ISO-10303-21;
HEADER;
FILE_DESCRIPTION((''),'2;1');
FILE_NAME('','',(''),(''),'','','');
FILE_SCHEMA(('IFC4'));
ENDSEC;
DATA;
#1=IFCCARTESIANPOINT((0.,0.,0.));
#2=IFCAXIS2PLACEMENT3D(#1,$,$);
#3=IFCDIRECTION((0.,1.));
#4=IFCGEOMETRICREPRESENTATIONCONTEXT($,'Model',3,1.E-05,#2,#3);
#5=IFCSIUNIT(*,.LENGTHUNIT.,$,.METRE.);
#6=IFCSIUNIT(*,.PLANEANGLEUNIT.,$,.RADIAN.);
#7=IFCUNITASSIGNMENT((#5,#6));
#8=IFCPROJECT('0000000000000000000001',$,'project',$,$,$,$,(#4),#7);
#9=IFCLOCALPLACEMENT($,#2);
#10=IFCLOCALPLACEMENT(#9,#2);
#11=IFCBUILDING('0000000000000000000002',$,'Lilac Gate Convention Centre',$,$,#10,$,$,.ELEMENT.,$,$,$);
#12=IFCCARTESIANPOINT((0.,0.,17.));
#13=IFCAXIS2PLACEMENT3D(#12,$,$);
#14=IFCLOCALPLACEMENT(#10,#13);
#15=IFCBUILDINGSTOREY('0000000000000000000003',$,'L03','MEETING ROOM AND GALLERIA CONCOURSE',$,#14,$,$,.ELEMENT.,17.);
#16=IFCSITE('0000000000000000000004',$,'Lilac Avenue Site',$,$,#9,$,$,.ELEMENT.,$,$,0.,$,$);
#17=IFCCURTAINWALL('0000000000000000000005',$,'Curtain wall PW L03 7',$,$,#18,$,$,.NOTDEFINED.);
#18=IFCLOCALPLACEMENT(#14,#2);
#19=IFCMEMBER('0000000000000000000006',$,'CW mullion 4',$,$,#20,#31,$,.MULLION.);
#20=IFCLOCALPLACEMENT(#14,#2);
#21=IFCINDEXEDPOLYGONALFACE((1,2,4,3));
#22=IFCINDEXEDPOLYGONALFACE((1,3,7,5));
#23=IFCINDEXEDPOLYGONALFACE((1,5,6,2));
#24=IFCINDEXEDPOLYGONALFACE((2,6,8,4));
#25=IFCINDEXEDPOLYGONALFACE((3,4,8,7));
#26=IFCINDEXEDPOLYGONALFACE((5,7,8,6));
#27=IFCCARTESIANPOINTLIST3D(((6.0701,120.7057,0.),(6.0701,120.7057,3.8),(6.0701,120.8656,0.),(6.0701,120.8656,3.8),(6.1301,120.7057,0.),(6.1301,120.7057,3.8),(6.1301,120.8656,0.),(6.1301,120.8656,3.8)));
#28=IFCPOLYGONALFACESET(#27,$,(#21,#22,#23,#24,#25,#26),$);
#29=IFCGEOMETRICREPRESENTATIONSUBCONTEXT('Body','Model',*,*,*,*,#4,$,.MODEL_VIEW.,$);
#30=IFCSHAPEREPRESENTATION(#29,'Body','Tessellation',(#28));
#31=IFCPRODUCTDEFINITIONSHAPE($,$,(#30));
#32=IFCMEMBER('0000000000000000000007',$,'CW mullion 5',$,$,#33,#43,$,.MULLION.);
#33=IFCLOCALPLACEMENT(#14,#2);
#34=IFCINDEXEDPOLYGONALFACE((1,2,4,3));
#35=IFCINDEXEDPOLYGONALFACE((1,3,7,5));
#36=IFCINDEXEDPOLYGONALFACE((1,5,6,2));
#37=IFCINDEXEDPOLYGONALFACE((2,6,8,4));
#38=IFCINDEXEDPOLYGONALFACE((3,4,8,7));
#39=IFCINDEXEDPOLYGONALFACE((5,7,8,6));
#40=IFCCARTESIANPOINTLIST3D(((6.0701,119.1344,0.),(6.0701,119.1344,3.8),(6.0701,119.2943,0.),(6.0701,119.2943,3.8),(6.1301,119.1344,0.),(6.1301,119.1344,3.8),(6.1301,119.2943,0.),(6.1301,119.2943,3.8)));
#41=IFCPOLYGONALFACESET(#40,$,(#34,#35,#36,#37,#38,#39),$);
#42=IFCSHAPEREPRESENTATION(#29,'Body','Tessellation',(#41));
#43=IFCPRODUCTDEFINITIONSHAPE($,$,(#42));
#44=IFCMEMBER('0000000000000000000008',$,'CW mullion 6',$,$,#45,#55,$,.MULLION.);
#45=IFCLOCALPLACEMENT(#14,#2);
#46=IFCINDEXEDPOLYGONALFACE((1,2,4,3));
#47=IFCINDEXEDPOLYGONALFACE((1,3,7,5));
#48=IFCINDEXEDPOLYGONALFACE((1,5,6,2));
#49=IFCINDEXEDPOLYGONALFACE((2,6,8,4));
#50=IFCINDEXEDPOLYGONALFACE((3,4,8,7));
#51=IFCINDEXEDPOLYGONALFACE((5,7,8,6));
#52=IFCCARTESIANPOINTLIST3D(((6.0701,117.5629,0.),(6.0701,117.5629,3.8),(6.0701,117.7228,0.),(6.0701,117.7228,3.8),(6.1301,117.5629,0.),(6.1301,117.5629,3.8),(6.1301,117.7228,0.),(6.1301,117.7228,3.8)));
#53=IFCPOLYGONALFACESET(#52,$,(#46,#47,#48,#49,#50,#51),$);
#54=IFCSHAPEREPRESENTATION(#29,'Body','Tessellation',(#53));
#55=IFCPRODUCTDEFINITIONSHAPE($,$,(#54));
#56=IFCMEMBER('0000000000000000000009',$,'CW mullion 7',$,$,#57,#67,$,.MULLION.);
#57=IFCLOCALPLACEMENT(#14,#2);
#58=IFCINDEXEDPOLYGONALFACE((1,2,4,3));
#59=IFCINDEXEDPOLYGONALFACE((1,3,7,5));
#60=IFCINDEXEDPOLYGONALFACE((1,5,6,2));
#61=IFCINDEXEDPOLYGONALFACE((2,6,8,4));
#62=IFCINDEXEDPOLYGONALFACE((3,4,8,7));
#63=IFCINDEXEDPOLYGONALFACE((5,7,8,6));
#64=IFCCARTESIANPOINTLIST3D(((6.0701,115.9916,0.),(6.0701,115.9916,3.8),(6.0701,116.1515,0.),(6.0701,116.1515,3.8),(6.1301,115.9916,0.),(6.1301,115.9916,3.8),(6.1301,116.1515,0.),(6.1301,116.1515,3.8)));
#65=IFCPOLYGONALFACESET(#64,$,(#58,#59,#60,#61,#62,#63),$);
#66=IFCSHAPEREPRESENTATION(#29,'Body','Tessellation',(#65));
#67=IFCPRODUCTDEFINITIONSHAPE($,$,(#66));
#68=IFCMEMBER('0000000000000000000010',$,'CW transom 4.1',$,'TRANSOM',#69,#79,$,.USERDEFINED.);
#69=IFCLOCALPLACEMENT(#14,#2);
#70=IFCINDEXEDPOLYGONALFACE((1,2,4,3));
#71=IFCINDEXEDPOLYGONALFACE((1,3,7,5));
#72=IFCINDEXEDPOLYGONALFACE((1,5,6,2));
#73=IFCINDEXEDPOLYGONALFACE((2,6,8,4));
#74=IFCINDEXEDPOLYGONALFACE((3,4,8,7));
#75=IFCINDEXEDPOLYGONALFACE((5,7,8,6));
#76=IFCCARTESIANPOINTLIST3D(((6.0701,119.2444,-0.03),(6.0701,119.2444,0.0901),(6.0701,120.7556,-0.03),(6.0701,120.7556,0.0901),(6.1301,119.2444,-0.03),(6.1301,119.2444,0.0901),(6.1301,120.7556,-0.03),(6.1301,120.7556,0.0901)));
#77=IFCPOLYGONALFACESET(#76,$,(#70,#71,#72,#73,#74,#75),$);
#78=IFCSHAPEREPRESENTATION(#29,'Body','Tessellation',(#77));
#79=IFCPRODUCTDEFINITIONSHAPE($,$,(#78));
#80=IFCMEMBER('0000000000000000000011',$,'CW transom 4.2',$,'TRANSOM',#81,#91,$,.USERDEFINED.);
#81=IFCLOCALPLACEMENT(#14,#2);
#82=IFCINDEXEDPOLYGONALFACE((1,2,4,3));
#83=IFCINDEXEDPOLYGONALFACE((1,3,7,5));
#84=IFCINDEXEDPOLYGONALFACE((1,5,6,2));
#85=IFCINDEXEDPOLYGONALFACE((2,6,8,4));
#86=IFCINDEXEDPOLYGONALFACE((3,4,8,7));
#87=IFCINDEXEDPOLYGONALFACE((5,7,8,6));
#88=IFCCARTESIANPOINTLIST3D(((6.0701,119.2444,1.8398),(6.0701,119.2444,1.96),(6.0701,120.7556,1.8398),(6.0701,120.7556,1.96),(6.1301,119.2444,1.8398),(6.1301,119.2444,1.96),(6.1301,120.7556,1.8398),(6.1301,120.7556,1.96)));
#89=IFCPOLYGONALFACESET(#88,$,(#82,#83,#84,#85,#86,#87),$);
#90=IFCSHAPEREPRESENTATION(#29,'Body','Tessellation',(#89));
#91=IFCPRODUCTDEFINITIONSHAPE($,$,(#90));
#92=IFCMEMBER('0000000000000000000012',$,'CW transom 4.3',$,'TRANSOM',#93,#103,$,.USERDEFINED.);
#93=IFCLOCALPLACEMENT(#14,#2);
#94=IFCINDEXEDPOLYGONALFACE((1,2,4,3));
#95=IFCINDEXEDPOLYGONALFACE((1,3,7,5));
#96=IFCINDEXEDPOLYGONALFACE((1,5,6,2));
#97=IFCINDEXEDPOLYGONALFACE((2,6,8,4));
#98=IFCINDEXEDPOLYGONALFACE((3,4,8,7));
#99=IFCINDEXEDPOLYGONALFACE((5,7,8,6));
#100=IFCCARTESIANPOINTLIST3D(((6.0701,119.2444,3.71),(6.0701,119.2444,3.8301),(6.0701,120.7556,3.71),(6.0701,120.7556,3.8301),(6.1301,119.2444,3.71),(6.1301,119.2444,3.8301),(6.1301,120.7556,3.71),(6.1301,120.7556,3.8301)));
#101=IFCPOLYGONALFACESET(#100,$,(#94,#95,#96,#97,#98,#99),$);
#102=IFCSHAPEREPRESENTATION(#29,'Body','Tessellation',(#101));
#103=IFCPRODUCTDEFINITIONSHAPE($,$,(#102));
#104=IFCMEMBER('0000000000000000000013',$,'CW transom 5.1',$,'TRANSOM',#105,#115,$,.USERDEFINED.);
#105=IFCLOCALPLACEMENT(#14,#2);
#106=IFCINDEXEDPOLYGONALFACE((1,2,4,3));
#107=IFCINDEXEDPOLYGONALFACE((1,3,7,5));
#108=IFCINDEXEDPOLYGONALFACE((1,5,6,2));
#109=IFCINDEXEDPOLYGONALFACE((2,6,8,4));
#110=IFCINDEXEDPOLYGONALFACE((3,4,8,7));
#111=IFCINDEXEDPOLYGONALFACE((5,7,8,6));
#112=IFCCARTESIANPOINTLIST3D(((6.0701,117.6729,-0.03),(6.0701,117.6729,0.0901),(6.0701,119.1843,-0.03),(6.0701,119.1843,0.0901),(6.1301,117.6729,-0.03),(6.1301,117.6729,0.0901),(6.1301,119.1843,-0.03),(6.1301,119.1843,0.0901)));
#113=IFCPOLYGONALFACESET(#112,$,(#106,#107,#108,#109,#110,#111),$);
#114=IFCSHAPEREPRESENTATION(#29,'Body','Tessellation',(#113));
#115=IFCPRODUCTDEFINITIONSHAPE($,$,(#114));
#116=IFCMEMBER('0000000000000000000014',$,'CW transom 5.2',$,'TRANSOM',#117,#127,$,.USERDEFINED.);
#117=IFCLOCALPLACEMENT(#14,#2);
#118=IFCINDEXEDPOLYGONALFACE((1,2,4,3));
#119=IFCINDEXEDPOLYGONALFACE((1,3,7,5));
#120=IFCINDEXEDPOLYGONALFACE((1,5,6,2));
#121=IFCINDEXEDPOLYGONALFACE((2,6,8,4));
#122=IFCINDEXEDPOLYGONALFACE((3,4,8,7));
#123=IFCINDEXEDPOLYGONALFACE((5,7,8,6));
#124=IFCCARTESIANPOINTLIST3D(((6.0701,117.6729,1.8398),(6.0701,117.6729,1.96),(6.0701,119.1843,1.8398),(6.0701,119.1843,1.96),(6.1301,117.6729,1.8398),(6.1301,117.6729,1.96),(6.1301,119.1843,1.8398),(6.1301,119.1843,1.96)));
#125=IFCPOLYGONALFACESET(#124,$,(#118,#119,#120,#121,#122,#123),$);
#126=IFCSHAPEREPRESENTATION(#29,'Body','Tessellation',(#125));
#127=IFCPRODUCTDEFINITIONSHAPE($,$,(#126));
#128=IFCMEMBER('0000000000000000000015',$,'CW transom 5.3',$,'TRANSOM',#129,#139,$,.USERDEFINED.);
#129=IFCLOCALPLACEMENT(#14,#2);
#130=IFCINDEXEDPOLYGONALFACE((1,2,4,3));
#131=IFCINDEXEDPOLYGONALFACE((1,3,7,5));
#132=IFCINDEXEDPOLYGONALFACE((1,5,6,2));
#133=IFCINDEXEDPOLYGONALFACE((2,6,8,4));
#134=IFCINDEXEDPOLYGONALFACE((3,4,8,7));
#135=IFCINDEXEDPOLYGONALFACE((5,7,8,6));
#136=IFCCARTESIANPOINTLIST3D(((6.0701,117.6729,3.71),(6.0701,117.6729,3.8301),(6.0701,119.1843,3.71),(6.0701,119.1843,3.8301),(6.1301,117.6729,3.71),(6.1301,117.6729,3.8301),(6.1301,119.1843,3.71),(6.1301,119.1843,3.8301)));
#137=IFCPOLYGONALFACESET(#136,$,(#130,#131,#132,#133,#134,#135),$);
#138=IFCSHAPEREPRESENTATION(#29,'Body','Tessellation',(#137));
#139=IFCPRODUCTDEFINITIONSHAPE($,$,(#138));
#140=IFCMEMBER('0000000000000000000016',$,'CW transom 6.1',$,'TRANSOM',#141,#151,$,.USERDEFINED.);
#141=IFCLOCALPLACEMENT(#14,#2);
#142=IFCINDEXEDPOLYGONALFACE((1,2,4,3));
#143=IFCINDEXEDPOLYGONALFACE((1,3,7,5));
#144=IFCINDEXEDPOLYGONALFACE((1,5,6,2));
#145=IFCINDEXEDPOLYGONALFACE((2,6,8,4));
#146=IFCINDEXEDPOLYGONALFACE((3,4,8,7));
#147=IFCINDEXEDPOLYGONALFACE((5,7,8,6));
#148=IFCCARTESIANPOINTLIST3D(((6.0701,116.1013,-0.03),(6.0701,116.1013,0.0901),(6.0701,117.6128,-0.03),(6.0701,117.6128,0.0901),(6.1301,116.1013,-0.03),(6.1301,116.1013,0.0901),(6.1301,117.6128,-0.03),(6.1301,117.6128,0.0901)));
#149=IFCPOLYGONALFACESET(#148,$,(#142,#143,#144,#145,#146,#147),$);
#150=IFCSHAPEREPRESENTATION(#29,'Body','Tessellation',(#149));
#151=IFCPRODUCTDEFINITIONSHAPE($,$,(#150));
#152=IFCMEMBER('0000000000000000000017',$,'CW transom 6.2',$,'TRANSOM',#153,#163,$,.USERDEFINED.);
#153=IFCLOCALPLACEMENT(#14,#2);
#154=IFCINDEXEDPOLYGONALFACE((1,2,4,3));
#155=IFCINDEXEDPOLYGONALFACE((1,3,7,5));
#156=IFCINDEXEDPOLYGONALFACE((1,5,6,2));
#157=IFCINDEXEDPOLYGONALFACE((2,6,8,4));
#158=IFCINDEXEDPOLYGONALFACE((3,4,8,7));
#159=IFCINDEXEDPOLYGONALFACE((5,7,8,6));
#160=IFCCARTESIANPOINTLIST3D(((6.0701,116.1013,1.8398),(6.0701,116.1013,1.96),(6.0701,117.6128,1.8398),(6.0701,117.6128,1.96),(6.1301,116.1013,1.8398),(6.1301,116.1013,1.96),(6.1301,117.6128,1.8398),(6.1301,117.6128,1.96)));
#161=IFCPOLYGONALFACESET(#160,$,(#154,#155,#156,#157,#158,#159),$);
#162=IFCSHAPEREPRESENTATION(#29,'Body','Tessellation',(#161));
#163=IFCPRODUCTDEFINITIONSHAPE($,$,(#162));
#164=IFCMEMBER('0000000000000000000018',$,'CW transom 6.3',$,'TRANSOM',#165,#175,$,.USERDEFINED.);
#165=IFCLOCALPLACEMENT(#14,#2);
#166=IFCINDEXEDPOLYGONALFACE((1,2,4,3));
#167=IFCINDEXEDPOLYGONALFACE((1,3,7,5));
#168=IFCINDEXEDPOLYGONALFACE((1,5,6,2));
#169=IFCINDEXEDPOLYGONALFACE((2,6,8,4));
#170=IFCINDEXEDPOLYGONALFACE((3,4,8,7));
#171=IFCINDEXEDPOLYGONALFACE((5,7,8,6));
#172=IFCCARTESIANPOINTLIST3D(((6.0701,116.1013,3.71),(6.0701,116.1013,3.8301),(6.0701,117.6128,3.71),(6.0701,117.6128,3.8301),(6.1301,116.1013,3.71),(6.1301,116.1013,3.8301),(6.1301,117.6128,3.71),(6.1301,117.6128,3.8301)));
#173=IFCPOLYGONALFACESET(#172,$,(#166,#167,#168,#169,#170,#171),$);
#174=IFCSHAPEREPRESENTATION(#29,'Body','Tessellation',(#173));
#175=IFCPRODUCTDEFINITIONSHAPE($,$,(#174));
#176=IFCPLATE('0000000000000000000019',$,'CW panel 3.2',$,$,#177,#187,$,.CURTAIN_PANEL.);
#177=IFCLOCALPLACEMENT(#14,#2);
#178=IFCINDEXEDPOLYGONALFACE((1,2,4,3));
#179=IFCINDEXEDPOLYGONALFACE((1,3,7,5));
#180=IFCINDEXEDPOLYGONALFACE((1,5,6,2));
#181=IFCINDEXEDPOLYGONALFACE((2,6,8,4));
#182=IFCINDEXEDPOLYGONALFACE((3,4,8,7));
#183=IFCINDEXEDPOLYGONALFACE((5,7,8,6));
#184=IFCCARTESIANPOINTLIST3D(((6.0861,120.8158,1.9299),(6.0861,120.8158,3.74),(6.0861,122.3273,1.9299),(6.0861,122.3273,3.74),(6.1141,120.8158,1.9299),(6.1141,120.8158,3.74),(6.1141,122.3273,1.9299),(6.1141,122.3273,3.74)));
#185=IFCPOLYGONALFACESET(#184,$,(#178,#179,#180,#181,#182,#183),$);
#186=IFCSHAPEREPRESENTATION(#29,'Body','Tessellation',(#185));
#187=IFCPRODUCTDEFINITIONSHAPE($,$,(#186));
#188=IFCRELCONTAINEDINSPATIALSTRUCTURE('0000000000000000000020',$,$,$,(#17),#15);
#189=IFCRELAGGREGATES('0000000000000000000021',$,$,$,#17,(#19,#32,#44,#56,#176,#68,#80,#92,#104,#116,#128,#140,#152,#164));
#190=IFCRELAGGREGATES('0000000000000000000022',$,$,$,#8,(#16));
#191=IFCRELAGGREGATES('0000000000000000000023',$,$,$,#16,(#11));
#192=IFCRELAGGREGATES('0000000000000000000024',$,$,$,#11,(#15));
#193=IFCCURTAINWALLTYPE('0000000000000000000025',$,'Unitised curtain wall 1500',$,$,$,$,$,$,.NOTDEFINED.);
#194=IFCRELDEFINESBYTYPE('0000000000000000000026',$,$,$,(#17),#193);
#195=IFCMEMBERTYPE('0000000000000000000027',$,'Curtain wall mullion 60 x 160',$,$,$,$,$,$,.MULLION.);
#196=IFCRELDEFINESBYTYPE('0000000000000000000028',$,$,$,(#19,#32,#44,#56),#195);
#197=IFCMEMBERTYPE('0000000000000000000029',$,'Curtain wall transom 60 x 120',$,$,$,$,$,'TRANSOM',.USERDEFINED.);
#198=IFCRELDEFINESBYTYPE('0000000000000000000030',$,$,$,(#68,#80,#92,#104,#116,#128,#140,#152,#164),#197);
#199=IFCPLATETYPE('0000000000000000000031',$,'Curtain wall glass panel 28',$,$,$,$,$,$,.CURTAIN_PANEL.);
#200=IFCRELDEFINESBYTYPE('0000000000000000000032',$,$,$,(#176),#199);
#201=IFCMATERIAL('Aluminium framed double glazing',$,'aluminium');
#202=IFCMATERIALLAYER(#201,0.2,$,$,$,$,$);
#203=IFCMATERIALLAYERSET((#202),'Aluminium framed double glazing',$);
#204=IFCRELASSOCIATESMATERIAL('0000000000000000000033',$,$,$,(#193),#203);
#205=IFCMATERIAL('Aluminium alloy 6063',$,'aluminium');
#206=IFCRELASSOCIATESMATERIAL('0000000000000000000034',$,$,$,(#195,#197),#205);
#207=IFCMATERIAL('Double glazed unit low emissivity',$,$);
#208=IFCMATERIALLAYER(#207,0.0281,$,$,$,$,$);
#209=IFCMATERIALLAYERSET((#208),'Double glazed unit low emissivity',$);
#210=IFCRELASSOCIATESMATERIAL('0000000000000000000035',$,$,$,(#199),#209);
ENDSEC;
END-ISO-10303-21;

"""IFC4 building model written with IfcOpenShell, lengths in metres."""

from ifc_helpers import new_model, si_unit, direction, frame, origin, origin_2d, place, context, subcontext, project, spatial, rectangle, extrude, material, layer, layer_set, material_profile, profile_set, type_object, element, aggregate, save


model = new_model("IFC4")

# Units and contexts
model_context = context("Model", 3, precision=1e-05, world=origin(), true_north=direction((0.0, 1.0)))
body_context = subcontext(model_context, "Body", "Model", "MODEL_VIEW")
ifc_project = project(units=[si_unit("LENGTHUNIT", "METRE"), si_unit("PLANEANGLEUNIT", "RADIAN")], contexts=[model_context])

# Site, building, storey
site_placement = place(None, origin())
site = spatial("IfcSite", under=ifc_project, at=site_placement, Name="Lilac Avenue Site", CompositionType="ELEMENT", RefElevation=0.0)
building_placement = place(site_placement, origin())
building = spatial("IfcBuilding", under=site, at=building_placement, Name="Lilac Gate Convention Centre", CompositionType="ELEMENT")
storey_placement = place(building_placement, frame((0.0, 0.0, 17.0)))
storey = spatial("IfcBuildingStorey", under=building, at=storey_placement, Name="L03", Description="MEETING ROOM AND GALLERIA CONCOURSE", CompositionType="ELEMENT", Elevation=17.0)

# Curtain wall, members, plate
ifc_material_1 = material(Name="Aluminium framed double glazing", Category="aluminium")
ifc_layer_1 = layer(ifc_material_1, 0.2)
ifc_layer_set_1 = layer_set([ifc_layer_1], Name="Aluminium framed double glazing")
curtain_wall_type = type_object("IfcCurtainWallType", Name="Unitised curtain wall 1500", PredefinedType="NOTDEFINED", material=ifc_layer_set_1)
curtain_wall_placement = place(storey_placement, origin())
curtain_wall = element("IfcCurtainWall", 1, at=curtain_wall_placement, inside=storey, type_object=curtain_wall_type, Name="Curtain wall PW L03 7", PredefinedType="NOTDEFINED")
ifc_material_2 = material(Name="Aluminium alloy 6063", Category="aluminium")
ifc_material_profile_1 = material_profile(ifc_material_2, rectangle(XDim=0.0601, YDim=0.1599, at=origin_2d()), Name="Curtain wall mullion 60 x 160")
ifc_profile_set_1 = profile_set([ifc_material_profile_1], Name="Aluminium alloy 6063")
member_type_1 = type_object("IfcMemberType", Name="Curtain wall mullion 60 x 160", PredefinedType="MULLION", material=ifc_profile_set_1)
member_1_placement = place(storey_placement, frame((6.1001, 120.7856, 0.0), z_axis=(0.0, 0.0, 1.0), x_axis=(1.0, 0.0, 0.0)))
member_1 = element("IfcMember", 2, at=member_1_placement, type_object=member_type_1, Name="CW mullion 4", PredefinedType="MULLION", context=body_context, shape_type="SweptSolid", body=[
    extrude(rectangle(XDim=0.0601, YDim=0.1599, at=origin_2d()), origin(), (0.0, 0.0, 1.0), 3.8),
])
member_2_placement = place(storey_placement, frame((6.1001, 119.2144, 0.0), z_axis=(0.0, 0.0, 1.0), x_axis=(1.0, 0.0, 0.0)))
member_2 = element("IfcMember", 3, at=member_2_placement, type_object=member_type_1, Name="CW mullion 5", PredefinedType="MULLION", context=body_context, shape_type="SweptSolid", body=[
    extrude(rectangle(XDim=0.0601, YDim=0.1599, at=origin_2d()), origin(), (0.0, 0.0, 1.0), 3.8),
])
member_3_placement = place(storey_placement, frame((6.1001, 117.6428, 0.0), z_axis=(0.0, 0.0, 1.0), x_axis=(1.0, 0.0, 0.0)))
member_3 = element("IfcMember", 4, at=member_3_placement, type_object=member_type_1, Name="CW mullion 6", PredefinedType="MULLION", context=body_context, shape_type="SweptSolid", body=[
    extrude(rectangle(XDim=0.0601, YDim=0.1599, at=origin_2d()), origin(), (0.0, 0.0, 1.0), 3.8),
])
member_4_placement = place(storey_placement, frame((6.1001, 116.0715, 0.0), z_axis=(0.0, 0.0, 1.0), x_axis=(1.0, 0.0, 0.0)))
member_4 = element("IfcMember", 5, at=member_4_placement, type_object=member_type_1, Name="CW mullion 7", PredefinedType="MULLION", context=body_context, shape_type="SweptSolid", body=[
    extrude(rectangle(XDim=0.0601, YDim=0.1599, at=origin_2d()), origin(), (0.0, 0.0, 1.0), 3.8),
])
ifc_material_profile_2 = material_profile(ifc_material_2, rectangle(XDim=0.0601, YDim=0.1201, at=origin_2d()), Name="Curtain wall transom 60 x 120")
ifc_profile_set_2 = profile_set([ifc_material_profile_2], Name="Aluminium alloy 6063")
member_type_2 = type_object("IfcMemberType", Name="Curtain wall transom 60 x 120", ElementType="TRANSOM", PredefinedType="USERDEFINED", material=ifc_profile_set_2)
member_5_placement = place(storey_placement, frame((6.1001, 120.7556, 0.03), z_axis=(0.0, -1.0, 0.0), x_axis=(1.0, 0.0, 0.0)))
member_5 = element("IfcMember", 6, at=member_5_placement, type_object=member_type_2, Name="CW transom 4.1", ObjectType="TRANSOM", PredefinedType="USERDEFINED", context=body_context, shape_type="SweptSolid", body=[
    extrude(rectangle(XDim=0.0601, YDim=0.1201, at=origin_2d()), origin(), (0.0, 0.0, 1.0), 1.5112),
])
member_6_placement = place(storey_placement, frame((6.1001, 120.7556, 1.8999), z_axis=(0.0, -1.0, 0.0), x_axis=(1.0, 0.0, 0.0)))
member_6 = element("IfcMember", 7, at=member_6_placement, type_object=member_type_2, Name="CW transom 4.2", ObjectType="TRANSOM", PredefinedType="USERDEFINED", context=body_context, shape_type="SweptSolid", body=[
    extrude(rectangle(XDim=0.0601, YDim=0.1201, at=origin_2d()), origin(), (0.0, 0.0, 1.0), 1.5112),
])
member_7_placement = place(storey_placement, frame((6.1001, 120.7556, 3.77), z_axis=(0.0, -1.0, 0.0), x_axis=(1.0, 0.0, 0.0)))
member_7 = element("IfcMember", 8, at=member_7_placement, type_object=member_type_2, Name="CW transom 4.3", ObjectType="TRANSOM", PredefinedType="USERDEFINED", context=body_context, shape_type="SweptSolid", body=[
    extrude(rectangle(XDim=0.0601, YDim=0.1201, at=origin_2d()), origin(), (0.0, 0.0, 1.0), 1.5112),
])
member_8_placement = place(storey_placement, frame((6.1001, 119.1843, 0.03), z_axis=(0.0, -1.0, 0.0), x_axis=(1.0, 0.0, 0.0)))
member_8 = element("IfcMember", 9, at=member_8_placement, type_object=member_type_2, Name="CW transom 5.1", ObjectType="TRANSOM", PredefinedType="USERDEFINED", context=body_context, shape_type="SweptSolid", body=[
    extrude(rectangle(XDim=0.0601, YDim=0.1201, at=origin_2d()), origin(), (0.0, 0.0, 1.0), 1.5115),
])
member_9_placement = place(storey_placement, frame((6.1001, 119.1843, 1.8999), z_axis=(0.0, -1.0, 0.0), x_axis=(1.0, 0.0, 0.0)))
member_9 = element("IfcMember", 10, at=member_9_placement, type_object=member_type_2, Name="CW transom 5.2", ObjectType="TRANSOM", PredefinedType="USERDEFINED", context=body_context, shape_type="SweptSolid", body=[
    extrude(rectangle(XDim=0.0601, YDim=0.1201, at=origin_2d()), origin(), (0.0, 0.0, 1.0), 1.5115),
])
member_10_placement = place(storey_placement, frame((6.1001, 119.1843, 3.77), z_axis=(0.0, -1.0, 0.0), x_axis=(1.0, 0.0, 0.0)))
member_10 = element("IfcMember", 11, at=member_10_placement, type_object=member_type_2, Name="CW transom 5.3", ObjectType="TRANSOM", PredefinedType="USERDEFINED", context=body_context, shape_type="SweptSolid", body=[
    extrude(rectangle(XDim=0.0601, YDim=0.1201, at=origin_2d()), origin(), (0.0, 0.0, 1.0), 1.5115),
])
member_11_placement = place(storey_placement, frame((6.1001, 117.6128, 0.03), z_axis=(0.0, -1.0, 0.0), x_axis=(1.0, 0.0, 0.0)))
member_11 = element("IfcMember", 12, at=member_11_placement, type_object=member_type_2, Name="CW transom 6.1", ObjectType="TRANSOM", PredefinedType="USERDEFINED", context=body_context, shape_type="SweptSolid", body=[
    extrude(rectangle(XDim=0.0601, YDim=0.1201, at=origin_2d()), origin(), (0.0, 0.0, 1.0), 1.5115),
])
member_12_placement = place(storey_placement, frame((6.1001, 117.6128, 1.8999), z_axis=(0.0, -1.0, 0.0), x_axis=(1.0, 0.0, 0.0)))
member_12 = element("IfcMember", 13, at=member_12_placement, type_object=member_type_2, Name="CW transom 6.2", ObjectType="TRANSOM", PredefinedType="USERDEFINED", context=body_context, shape_type="SweptSolid", body=[
    extrude(rectangle(XDim=0.0601, YDim=0.1201, at=origin_2d()), origin(), (0.0, 0.0, 1.0), 1.5115),
])
member_13_placement = place(storey_placement, frame((6.1001, 117.6128, 3.77), z_axis=(0.0, -1.0, 0.0), x_axis=(1.0, 0.0, 0.0)))
member_13 = element("IfcMember", 14, at=member_13_placement, type_object=member_type_2, Name="CW transom 6.3", ObjectType="TRANSOM", PredefinedType="USERDEFINED", context=body_context, shape_type="SweptSolid", body=[
    extrude(rectangle(XDim=0.0601, YDim=0.1201, at=origin_2d()), origin(), (0.0, 0.0, 1.0), 1.5115),
])
ifc_material_3 = material(Name="Double glazed unit low emissivity")
ifc_layer_2 = layer(ifc_material_3, 0.0281)
ifc_layer_set_2 = layer_set([ifc_layer_2], Name="Double glazed unit low emissivity")
plate_type_1 = type_object("IfcPlateType", Name="Curtain wall glass panel 28", PredefinedType="CURTAIN_PANEL", material=ifc_layer_set_2)
plate_1_placement = place(storey_placement, frame((6.1001, 121.5715, 1.9299), z_axis=(0.0, 0.0, 1.0), x_axis=(0.0, -1.0, 0.0)))
plate_1 = element("IfcPlate", 15, at=plate_1_placement, type_object=plate_type_1, Name="CW panel 3.2", PredefinedType="CURTAIN_PANEL", context=body_context, shape_type="SweptSolid", body=[
    extrude(rectangle(XDim=1.5115, YDim=0.0281, at=origin_2d()), origin(), (0.0, 0.0, 1.0), 1.8101),
])
aggregate(curtain_wall, [member_1, member_2, member_3, member_4, plate_1, member_5, member_6, member_7, member_8, member_9, member_10, member_11, member_12, member_13])

save(model, "model.ifc")
